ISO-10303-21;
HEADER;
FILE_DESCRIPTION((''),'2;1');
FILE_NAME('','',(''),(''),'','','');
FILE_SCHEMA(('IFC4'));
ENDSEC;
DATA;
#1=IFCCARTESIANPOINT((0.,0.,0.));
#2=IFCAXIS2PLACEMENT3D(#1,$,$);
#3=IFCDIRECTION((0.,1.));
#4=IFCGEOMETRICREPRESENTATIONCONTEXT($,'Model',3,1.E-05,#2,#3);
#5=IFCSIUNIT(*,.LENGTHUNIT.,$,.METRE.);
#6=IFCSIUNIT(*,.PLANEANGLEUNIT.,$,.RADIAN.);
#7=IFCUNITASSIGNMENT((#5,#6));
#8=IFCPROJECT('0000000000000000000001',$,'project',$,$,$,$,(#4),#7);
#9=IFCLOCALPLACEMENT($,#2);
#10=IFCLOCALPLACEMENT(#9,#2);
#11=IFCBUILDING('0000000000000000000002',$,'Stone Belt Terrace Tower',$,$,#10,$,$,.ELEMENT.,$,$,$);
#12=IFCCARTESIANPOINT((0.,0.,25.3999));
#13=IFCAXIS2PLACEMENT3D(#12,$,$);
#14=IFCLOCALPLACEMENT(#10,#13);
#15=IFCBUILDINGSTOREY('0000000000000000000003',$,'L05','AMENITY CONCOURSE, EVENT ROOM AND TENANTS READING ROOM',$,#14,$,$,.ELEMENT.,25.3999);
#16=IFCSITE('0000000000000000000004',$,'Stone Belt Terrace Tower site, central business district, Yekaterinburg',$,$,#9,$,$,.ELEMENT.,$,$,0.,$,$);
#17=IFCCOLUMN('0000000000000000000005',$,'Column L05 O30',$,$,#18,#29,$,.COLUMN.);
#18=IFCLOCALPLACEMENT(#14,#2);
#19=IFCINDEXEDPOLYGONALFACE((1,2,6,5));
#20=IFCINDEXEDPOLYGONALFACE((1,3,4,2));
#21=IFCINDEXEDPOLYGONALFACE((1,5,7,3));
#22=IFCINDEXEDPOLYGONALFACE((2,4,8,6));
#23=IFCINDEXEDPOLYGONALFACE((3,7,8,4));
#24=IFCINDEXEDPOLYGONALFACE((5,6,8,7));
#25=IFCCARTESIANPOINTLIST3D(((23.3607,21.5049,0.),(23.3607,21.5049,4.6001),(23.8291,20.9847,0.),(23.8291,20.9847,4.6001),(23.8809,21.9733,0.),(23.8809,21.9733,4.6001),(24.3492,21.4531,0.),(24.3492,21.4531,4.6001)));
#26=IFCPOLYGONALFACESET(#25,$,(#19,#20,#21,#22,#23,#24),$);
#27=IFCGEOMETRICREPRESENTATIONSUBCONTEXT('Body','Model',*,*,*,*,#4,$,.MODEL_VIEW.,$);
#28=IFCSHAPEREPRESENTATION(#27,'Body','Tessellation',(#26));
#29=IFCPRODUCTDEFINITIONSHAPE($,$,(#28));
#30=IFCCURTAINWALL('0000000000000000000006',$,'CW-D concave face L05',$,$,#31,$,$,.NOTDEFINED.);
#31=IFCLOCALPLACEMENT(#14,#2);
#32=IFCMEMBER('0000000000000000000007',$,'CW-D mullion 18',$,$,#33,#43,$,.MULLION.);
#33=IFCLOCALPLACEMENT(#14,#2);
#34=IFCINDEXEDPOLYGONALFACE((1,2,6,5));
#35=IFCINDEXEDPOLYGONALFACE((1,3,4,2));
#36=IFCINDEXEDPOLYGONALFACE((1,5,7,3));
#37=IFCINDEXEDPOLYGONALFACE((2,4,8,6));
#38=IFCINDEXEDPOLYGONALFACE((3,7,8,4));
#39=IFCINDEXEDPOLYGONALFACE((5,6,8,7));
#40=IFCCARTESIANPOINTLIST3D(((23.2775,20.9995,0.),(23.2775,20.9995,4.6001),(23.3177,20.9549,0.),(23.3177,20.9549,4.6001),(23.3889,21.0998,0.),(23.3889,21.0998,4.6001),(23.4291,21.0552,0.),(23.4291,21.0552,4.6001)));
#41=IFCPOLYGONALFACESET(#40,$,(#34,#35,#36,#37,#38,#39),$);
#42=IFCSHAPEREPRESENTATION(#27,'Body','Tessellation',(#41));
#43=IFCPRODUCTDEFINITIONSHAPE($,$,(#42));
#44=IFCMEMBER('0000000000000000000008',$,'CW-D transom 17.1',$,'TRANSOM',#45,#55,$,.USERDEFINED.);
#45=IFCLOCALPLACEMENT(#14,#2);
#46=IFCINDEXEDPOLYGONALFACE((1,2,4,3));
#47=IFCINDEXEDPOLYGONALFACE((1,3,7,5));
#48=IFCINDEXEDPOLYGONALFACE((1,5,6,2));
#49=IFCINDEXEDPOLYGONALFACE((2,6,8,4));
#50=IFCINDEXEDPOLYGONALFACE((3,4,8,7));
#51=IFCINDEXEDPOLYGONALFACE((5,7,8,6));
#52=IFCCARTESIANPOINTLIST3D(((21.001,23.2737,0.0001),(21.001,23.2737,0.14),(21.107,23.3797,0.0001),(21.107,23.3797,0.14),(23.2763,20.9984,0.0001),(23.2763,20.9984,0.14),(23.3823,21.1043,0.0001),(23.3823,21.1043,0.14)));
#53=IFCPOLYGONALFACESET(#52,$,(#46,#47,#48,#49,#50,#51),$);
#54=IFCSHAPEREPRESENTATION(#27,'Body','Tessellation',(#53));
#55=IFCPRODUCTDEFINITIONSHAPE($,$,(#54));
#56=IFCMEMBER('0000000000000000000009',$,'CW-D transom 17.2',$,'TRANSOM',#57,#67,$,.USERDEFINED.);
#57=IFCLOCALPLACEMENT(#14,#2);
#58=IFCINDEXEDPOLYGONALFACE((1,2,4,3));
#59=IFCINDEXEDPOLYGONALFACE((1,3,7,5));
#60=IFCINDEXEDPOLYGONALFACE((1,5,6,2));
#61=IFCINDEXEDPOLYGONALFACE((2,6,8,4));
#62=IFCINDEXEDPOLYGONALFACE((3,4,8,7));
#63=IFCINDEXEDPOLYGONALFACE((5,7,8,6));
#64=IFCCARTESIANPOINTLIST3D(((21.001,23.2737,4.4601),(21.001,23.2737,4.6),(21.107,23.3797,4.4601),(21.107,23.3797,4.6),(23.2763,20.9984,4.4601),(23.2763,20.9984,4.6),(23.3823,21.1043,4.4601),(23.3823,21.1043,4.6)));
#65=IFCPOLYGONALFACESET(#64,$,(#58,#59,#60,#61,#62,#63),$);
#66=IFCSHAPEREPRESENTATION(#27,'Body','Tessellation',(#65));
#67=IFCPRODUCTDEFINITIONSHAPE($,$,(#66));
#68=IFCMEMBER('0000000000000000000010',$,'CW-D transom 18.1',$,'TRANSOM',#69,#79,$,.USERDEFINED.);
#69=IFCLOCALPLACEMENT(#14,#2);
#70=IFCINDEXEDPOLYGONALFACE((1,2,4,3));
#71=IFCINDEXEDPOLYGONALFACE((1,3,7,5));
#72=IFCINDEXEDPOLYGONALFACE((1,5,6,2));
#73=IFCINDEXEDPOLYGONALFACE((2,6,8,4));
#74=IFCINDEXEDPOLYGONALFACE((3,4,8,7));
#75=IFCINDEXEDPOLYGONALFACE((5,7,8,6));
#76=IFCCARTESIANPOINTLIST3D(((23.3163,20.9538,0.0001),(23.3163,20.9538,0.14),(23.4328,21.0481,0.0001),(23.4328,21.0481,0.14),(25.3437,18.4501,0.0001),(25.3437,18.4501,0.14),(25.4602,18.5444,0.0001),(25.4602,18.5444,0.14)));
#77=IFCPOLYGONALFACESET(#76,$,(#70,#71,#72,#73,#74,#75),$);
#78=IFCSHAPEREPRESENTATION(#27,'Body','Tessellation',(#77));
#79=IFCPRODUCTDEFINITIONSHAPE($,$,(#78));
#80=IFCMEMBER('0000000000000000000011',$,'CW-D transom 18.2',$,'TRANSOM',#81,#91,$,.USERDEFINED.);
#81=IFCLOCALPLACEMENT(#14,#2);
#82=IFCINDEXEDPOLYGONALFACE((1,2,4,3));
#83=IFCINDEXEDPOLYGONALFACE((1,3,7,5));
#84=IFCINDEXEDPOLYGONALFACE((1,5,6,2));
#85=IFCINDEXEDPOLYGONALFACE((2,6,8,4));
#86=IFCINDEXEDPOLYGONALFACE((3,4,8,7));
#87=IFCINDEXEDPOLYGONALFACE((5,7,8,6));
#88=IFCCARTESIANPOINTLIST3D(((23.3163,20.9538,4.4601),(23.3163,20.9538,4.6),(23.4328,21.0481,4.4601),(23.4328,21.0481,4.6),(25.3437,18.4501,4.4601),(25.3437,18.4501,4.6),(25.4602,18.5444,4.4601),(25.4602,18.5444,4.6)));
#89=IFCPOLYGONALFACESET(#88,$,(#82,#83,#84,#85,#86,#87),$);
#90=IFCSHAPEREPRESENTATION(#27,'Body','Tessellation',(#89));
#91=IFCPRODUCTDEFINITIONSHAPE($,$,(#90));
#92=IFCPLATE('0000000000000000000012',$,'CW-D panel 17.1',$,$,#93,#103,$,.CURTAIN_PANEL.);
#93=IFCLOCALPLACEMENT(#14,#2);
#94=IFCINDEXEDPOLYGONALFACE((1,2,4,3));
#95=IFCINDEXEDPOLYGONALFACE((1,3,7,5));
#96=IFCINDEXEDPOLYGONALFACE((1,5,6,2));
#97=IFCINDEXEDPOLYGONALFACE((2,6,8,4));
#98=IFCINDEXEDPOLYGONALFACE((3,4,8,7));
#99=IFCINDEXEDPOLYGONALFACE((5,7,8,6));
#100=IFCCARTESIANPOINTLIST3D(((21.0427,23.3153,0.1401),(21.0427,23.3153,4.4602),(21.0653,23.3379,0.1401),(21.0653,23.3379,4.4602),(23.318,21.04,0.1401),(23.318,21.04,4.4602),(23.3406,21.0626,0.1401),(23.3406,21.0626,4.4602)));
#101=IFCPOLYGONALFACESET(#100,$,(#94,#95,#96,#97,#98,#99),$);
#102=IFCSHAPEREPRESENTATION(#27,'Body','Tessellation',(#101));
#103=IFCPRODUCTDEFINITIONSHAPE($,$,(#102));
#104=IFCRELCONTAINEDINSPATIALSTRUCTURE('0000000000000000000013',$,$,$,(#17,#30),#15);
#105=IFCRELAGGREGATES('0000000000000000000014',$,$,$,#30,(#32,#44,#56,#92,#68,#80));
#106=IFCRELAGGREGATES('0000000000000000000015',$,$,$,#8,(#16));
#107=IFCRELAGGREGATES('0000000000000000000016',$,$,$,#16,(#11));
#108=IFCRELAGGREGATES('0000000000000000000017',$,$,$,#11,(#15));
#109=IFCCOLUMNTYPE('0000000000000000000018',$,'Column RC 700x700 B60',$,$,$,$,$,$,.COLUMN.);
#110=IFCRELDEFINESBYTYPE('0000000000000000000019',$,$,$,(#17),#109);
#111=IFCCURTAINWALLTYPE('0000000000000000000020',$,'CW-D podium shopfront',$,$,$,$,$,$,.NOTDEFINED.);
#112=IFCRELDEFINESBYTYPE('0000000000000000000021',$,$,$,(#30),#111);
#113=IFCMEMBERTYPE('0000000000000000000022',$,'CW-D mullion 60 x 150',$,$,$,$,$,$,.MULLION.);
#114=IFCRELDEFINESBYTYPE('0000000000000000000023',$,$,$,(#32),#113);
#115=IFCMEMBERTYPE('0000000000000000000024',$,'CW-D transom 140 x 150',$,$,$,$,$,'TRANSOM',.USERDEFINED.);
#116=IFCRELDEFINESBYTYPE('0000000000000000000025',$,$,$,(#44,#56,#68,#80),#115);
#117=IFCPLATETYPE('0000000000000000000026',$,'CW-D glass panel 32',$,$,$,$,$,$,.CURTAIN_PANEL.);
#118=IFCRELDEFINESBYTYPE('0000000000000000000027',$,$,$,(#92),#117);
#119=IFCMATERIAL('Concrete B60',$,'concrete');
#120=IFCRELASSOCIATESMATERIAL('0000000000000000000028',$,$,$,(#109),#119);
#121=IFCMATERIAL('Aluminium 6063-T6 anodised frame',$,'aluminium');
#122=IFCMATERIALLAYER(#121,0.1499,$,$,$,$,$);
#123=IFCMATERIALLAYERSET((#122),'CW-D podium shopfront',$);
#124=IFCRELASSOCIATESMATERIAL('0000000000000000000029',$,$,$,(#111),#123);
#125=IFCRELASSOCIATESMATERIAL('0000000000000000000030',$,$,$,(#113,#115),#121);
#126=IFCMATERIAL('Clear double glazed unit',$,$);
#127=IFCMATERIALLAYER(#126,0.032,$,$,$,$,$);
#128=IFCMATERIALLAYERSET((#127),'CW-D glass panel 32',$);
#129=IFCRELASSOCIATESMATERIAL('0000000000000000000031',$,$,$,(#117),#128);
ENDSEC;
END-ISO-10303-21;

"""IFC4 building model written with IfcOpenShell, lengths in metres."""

from ifc_helpers import new_model, si_unit, direction, frame, origin, origin_2d, place, context, subcontext, project, spatial, rectangle, extrude, material, layer, layer_set, material_profile, profile_set, type_object, element, aggregate, save


model = new_model("IFC4")

# Units and contexts
model_context = context("Model", 3, precision=1e-05, world=origin(), true_north=direction((0.0, 1.0)))
body_context = subcontext(model_context, "Body", "Model", "MODEL_VIEW")
ifc_project = project(units=[si_unit("LENGTHUNIT", "METRE"), si_unit("PLANEANGLEUNIT", "RADIAN")], contexts=[model_context])

# Site, building, storey
site_placement = place(None, origin())
site = spatial("IfcSite", under=ifc_project, at=site_placement, Name="Stone Belt Terrace Tower site, central business district, Yekaterinburg", CompositionType="ELEMENT", RefElevation=0.0)
building_placement = place(site_placement, origin())
building = spatial("IfcBuilding", under=site, at=building_placement, Name="Stone Belt Terrace Tower", CompositionType="ELEMENT")
storey_placement = place(building_placement, frame((0.0, 0.0, 25.3999)))
storey = spatial("IfcBuildingStorey", under=building, at=storey_placement, Name="L05", Description="AMENITY CONCOURSE, EVENT ROOM AND TENANTS READING ROOM", CompositionType="ELEMENT", Elevation=25.3999)

# Column
ifc_material_1 = material(Name="Concrete B60", Category="concrete")
ifc_material_profile_1 = material_profile(ifc_material_1, rectangle(XDim=0.7, YDim=0.7, at=origin_2d()), Name="RC 700x700")
ifc_profile_set_1 = profile_set([ifc_material_profile_1], Name="Concrete B60")
column_type = type_object("IfcColumnType", Name="Column RC 700x700 B60", PredefinedType="COLUMN", material=ifc_profile_set_1)
column_placement = place(storey_placement, frame((23.855, 21.479, 0.0), z_axis=(0.0, 0.0, 1.0), x_axis=(0.669131, -0.743145, 0.0)))
element("IfcColumn", 1, at=column_placement, inside=storey, type_object=column_type, Name="Column L05 O30", PredefinedType="COLUMN", context=body_context, shape_type="SweptSolid", body=[
    extrude(rectangle(XDim=0.7, YDim=0.7, at=origin_2d()), origin(), (0.0, 0.0, 1.0), 4.6001),
])

# Curtain wall, members, plate
ifc_material_2 = material(Name="Aluminium 6063-T6 anodised frame", Category="aluminium")
ifc_layer_1 = layer(ifc_material_2, 0.1499)
ifc_layer_set_1 = layer_set([ifc_layer_1], Name="CW-D podium shopfront")
curtain_wall_type = type_object("IfcCurtainWallType", Name="CW-D podium shopfront", PredefinedType="NOTDEFINED", material=ifc_layer_set_1)
curtain_wall_placement = place(storey_placement, origin())
curtain_wall = element("IfcCurtainWall", 2, at=curtain_wall_placement, inside=storey, type_object=curtain_wall_type, Name="CW-D concave face L05", PredefinedType="NOTDEFINED")
ifc_material_profile_2 = material_profile(ifc_material_2, rectangle(XDim=0.1499, YDim=0.0601, at=origin_2d()), Name="Aluminium 6063-T6 60x150")
ifc_profile_set_2 = profile_set([ifc_material_profile_2], Name="Aluminium 6063-T6 anodised frame")
member_type_1 = type_object("IfcMemberType", Name="CW-D mullion 60 x 150", PredefinedType="MULLION", material=ifc_profile_set_2)
member_1_placement = place(storey_placement, frame((23.3533, 21.0273, 0.0), z_axis=(0.0, 0.0, 1.0), x_axis=(0.743145, 0.669131, 0.0)))
member_1 = element("IfcMember", 3, at=member_1_placement, type_object=member_type_1, Name="CW-D mullion 18", PredefinedType="MULLION", context=body_context, shape_type="SweptSolid", body=[
    extrude(rectangle(XDim=0.1499, YDim=0.0601, at=origin_2d()), origin(), (0.0, 0.0, 1.0), 4.6001),
])
ifc_material_profile_3 = material_profile(ifc_material_2, rectangle(XDim=0.1499, YDim=0.1399, at=origin_2d()), Name="Aluminium 6063-T6 150x140")
ifc_profile_set_3 = profile_set([ifc_material_profile_3], Name="Aluminium 6063-T6 anodised frame")
member_type_2 = type_object("IfcMemberType", Name="CW-D transom 140 x 150", ElementType="TRANSOM", PredefinedType="USERDEFINED", material=ifc_profile_set_3)
member_2_placement = place(storey_placement, frame((21.054, 23.3267, 0.0701), z_axis=(0.707107, -0.707107, 0.0), x_axis=(0.707107, 0.707107, 0.0)))
member_2 = element("IfcMember", 4, at=member_2_placement, type_object=member_type_2, Name="CW-D transom 17.1", ObjectType="TRANSOM", PredefinedType="USERDEFINED", context=body_context, shape_type="SweptSolid", body=[
    extrude(rectangle(XDim=0.1499, YDim=0.1399, at=origin_2d()), origin(), (0.0, 0.0, 1.0), 3.2178),
])
member_3_placement = place(storey_placement, frame((21.054, 23.3267, 4.53), z_axis=(0.707107, -0.707107, 0.0), x_axis=(0.707107, 0.707107, 0.0)))
member_3 = element("IfcMember", 5, at=member_3_placement, type_object=member_type_2, Name="CW-D transom 17.2", ObjectType="TRANSOM", PredefinedType="USERDEFINED", context=body_context, shape_type="SweptSolid", body=[
    extrude(rectangle(XDim=0.1499, YDim=0.1399, at=origin_2d()), origin(), (0.0, 0.0, 1.0), 3.2178),
])
member_4_placement = place(storey_placement, frame((23.3745, 21.001, 0.0701), z_axis=(0.629305, -0.777158, 0.0), x_axis=(0.777158, 0.629305, 0.0)))
member_4 = element("IfcMember", 6, at=member_4_placement, type_object=member_type_2, Name="CW-D transom 18.1", ObjectType="TRANSOM", PredefinedType="USERDEFINED", context=body_context, shape_type="SweptSolid", body=[
    extrude(rectangle(XDim=0.1499, YDim=0.1399, at=origin_2d()), origin(), (0.0, 0.0, 1.0), 3.2217),
])
member_5_placement = place(storey_placement, frame((23.3745, 21.001, 4.53), z_axis=(0.629305, -0.777158, 0.0), x_axis=(0.777158, 0.629305, 0.0)))
member_5 = element("IfcMember", 7, at=member_5_placement, type_object=member_type_2, Name="CW-D transom 18.2", ObjectType="TRANSOM", PredefinedType="USERDEFINED", context=body_context, shape_type="SweptSolid", body=[
    extrude(rectangle(XDim=0.1499, YDim=0.1399, at=origin_2d()), origin(), (0.0, 0.0, 1.0), 3.2217),
])
ifc_material_3 = material(Name="Clear double glazed unit")
ifc_layer_2 = layer(ifc_material_3, 0.032)
ifc_layer_set_2 = layer_set([ifc_layer_2], Name="CW-D glass panel 32")
plate_type = type_object("IfcPlateType", Name="CW-D glass panel 32", PredefinedType="CURTAIN_PANEL", material=ifc_layer_set_2)
plate_placement = place(storey_placement, frame((22.1917, 22.189, 0.1401), z_axis=(0.0, 0.0, 1.0), x_axis=(0.707107, -0.707107, 0.0)))
plate = element("IfcPlate", 8, at=plate_placement, type_object=plate_type, Name="CW-D panel 17.1", PredefinedType="CURTAIN_PANEL", context=body_context, shape_type="SweptSolid", body=[
    extrude(rectangle(XDim=3.2178, YDim=0.032, at=origin_2d()), origin(), (0.0, 0.0, 1.0), 4.3201),
])
aggregate(curtain_wall, [member_1, member_2, member_3, plate, member_4, member_5])

save(model, "model.ifc")
